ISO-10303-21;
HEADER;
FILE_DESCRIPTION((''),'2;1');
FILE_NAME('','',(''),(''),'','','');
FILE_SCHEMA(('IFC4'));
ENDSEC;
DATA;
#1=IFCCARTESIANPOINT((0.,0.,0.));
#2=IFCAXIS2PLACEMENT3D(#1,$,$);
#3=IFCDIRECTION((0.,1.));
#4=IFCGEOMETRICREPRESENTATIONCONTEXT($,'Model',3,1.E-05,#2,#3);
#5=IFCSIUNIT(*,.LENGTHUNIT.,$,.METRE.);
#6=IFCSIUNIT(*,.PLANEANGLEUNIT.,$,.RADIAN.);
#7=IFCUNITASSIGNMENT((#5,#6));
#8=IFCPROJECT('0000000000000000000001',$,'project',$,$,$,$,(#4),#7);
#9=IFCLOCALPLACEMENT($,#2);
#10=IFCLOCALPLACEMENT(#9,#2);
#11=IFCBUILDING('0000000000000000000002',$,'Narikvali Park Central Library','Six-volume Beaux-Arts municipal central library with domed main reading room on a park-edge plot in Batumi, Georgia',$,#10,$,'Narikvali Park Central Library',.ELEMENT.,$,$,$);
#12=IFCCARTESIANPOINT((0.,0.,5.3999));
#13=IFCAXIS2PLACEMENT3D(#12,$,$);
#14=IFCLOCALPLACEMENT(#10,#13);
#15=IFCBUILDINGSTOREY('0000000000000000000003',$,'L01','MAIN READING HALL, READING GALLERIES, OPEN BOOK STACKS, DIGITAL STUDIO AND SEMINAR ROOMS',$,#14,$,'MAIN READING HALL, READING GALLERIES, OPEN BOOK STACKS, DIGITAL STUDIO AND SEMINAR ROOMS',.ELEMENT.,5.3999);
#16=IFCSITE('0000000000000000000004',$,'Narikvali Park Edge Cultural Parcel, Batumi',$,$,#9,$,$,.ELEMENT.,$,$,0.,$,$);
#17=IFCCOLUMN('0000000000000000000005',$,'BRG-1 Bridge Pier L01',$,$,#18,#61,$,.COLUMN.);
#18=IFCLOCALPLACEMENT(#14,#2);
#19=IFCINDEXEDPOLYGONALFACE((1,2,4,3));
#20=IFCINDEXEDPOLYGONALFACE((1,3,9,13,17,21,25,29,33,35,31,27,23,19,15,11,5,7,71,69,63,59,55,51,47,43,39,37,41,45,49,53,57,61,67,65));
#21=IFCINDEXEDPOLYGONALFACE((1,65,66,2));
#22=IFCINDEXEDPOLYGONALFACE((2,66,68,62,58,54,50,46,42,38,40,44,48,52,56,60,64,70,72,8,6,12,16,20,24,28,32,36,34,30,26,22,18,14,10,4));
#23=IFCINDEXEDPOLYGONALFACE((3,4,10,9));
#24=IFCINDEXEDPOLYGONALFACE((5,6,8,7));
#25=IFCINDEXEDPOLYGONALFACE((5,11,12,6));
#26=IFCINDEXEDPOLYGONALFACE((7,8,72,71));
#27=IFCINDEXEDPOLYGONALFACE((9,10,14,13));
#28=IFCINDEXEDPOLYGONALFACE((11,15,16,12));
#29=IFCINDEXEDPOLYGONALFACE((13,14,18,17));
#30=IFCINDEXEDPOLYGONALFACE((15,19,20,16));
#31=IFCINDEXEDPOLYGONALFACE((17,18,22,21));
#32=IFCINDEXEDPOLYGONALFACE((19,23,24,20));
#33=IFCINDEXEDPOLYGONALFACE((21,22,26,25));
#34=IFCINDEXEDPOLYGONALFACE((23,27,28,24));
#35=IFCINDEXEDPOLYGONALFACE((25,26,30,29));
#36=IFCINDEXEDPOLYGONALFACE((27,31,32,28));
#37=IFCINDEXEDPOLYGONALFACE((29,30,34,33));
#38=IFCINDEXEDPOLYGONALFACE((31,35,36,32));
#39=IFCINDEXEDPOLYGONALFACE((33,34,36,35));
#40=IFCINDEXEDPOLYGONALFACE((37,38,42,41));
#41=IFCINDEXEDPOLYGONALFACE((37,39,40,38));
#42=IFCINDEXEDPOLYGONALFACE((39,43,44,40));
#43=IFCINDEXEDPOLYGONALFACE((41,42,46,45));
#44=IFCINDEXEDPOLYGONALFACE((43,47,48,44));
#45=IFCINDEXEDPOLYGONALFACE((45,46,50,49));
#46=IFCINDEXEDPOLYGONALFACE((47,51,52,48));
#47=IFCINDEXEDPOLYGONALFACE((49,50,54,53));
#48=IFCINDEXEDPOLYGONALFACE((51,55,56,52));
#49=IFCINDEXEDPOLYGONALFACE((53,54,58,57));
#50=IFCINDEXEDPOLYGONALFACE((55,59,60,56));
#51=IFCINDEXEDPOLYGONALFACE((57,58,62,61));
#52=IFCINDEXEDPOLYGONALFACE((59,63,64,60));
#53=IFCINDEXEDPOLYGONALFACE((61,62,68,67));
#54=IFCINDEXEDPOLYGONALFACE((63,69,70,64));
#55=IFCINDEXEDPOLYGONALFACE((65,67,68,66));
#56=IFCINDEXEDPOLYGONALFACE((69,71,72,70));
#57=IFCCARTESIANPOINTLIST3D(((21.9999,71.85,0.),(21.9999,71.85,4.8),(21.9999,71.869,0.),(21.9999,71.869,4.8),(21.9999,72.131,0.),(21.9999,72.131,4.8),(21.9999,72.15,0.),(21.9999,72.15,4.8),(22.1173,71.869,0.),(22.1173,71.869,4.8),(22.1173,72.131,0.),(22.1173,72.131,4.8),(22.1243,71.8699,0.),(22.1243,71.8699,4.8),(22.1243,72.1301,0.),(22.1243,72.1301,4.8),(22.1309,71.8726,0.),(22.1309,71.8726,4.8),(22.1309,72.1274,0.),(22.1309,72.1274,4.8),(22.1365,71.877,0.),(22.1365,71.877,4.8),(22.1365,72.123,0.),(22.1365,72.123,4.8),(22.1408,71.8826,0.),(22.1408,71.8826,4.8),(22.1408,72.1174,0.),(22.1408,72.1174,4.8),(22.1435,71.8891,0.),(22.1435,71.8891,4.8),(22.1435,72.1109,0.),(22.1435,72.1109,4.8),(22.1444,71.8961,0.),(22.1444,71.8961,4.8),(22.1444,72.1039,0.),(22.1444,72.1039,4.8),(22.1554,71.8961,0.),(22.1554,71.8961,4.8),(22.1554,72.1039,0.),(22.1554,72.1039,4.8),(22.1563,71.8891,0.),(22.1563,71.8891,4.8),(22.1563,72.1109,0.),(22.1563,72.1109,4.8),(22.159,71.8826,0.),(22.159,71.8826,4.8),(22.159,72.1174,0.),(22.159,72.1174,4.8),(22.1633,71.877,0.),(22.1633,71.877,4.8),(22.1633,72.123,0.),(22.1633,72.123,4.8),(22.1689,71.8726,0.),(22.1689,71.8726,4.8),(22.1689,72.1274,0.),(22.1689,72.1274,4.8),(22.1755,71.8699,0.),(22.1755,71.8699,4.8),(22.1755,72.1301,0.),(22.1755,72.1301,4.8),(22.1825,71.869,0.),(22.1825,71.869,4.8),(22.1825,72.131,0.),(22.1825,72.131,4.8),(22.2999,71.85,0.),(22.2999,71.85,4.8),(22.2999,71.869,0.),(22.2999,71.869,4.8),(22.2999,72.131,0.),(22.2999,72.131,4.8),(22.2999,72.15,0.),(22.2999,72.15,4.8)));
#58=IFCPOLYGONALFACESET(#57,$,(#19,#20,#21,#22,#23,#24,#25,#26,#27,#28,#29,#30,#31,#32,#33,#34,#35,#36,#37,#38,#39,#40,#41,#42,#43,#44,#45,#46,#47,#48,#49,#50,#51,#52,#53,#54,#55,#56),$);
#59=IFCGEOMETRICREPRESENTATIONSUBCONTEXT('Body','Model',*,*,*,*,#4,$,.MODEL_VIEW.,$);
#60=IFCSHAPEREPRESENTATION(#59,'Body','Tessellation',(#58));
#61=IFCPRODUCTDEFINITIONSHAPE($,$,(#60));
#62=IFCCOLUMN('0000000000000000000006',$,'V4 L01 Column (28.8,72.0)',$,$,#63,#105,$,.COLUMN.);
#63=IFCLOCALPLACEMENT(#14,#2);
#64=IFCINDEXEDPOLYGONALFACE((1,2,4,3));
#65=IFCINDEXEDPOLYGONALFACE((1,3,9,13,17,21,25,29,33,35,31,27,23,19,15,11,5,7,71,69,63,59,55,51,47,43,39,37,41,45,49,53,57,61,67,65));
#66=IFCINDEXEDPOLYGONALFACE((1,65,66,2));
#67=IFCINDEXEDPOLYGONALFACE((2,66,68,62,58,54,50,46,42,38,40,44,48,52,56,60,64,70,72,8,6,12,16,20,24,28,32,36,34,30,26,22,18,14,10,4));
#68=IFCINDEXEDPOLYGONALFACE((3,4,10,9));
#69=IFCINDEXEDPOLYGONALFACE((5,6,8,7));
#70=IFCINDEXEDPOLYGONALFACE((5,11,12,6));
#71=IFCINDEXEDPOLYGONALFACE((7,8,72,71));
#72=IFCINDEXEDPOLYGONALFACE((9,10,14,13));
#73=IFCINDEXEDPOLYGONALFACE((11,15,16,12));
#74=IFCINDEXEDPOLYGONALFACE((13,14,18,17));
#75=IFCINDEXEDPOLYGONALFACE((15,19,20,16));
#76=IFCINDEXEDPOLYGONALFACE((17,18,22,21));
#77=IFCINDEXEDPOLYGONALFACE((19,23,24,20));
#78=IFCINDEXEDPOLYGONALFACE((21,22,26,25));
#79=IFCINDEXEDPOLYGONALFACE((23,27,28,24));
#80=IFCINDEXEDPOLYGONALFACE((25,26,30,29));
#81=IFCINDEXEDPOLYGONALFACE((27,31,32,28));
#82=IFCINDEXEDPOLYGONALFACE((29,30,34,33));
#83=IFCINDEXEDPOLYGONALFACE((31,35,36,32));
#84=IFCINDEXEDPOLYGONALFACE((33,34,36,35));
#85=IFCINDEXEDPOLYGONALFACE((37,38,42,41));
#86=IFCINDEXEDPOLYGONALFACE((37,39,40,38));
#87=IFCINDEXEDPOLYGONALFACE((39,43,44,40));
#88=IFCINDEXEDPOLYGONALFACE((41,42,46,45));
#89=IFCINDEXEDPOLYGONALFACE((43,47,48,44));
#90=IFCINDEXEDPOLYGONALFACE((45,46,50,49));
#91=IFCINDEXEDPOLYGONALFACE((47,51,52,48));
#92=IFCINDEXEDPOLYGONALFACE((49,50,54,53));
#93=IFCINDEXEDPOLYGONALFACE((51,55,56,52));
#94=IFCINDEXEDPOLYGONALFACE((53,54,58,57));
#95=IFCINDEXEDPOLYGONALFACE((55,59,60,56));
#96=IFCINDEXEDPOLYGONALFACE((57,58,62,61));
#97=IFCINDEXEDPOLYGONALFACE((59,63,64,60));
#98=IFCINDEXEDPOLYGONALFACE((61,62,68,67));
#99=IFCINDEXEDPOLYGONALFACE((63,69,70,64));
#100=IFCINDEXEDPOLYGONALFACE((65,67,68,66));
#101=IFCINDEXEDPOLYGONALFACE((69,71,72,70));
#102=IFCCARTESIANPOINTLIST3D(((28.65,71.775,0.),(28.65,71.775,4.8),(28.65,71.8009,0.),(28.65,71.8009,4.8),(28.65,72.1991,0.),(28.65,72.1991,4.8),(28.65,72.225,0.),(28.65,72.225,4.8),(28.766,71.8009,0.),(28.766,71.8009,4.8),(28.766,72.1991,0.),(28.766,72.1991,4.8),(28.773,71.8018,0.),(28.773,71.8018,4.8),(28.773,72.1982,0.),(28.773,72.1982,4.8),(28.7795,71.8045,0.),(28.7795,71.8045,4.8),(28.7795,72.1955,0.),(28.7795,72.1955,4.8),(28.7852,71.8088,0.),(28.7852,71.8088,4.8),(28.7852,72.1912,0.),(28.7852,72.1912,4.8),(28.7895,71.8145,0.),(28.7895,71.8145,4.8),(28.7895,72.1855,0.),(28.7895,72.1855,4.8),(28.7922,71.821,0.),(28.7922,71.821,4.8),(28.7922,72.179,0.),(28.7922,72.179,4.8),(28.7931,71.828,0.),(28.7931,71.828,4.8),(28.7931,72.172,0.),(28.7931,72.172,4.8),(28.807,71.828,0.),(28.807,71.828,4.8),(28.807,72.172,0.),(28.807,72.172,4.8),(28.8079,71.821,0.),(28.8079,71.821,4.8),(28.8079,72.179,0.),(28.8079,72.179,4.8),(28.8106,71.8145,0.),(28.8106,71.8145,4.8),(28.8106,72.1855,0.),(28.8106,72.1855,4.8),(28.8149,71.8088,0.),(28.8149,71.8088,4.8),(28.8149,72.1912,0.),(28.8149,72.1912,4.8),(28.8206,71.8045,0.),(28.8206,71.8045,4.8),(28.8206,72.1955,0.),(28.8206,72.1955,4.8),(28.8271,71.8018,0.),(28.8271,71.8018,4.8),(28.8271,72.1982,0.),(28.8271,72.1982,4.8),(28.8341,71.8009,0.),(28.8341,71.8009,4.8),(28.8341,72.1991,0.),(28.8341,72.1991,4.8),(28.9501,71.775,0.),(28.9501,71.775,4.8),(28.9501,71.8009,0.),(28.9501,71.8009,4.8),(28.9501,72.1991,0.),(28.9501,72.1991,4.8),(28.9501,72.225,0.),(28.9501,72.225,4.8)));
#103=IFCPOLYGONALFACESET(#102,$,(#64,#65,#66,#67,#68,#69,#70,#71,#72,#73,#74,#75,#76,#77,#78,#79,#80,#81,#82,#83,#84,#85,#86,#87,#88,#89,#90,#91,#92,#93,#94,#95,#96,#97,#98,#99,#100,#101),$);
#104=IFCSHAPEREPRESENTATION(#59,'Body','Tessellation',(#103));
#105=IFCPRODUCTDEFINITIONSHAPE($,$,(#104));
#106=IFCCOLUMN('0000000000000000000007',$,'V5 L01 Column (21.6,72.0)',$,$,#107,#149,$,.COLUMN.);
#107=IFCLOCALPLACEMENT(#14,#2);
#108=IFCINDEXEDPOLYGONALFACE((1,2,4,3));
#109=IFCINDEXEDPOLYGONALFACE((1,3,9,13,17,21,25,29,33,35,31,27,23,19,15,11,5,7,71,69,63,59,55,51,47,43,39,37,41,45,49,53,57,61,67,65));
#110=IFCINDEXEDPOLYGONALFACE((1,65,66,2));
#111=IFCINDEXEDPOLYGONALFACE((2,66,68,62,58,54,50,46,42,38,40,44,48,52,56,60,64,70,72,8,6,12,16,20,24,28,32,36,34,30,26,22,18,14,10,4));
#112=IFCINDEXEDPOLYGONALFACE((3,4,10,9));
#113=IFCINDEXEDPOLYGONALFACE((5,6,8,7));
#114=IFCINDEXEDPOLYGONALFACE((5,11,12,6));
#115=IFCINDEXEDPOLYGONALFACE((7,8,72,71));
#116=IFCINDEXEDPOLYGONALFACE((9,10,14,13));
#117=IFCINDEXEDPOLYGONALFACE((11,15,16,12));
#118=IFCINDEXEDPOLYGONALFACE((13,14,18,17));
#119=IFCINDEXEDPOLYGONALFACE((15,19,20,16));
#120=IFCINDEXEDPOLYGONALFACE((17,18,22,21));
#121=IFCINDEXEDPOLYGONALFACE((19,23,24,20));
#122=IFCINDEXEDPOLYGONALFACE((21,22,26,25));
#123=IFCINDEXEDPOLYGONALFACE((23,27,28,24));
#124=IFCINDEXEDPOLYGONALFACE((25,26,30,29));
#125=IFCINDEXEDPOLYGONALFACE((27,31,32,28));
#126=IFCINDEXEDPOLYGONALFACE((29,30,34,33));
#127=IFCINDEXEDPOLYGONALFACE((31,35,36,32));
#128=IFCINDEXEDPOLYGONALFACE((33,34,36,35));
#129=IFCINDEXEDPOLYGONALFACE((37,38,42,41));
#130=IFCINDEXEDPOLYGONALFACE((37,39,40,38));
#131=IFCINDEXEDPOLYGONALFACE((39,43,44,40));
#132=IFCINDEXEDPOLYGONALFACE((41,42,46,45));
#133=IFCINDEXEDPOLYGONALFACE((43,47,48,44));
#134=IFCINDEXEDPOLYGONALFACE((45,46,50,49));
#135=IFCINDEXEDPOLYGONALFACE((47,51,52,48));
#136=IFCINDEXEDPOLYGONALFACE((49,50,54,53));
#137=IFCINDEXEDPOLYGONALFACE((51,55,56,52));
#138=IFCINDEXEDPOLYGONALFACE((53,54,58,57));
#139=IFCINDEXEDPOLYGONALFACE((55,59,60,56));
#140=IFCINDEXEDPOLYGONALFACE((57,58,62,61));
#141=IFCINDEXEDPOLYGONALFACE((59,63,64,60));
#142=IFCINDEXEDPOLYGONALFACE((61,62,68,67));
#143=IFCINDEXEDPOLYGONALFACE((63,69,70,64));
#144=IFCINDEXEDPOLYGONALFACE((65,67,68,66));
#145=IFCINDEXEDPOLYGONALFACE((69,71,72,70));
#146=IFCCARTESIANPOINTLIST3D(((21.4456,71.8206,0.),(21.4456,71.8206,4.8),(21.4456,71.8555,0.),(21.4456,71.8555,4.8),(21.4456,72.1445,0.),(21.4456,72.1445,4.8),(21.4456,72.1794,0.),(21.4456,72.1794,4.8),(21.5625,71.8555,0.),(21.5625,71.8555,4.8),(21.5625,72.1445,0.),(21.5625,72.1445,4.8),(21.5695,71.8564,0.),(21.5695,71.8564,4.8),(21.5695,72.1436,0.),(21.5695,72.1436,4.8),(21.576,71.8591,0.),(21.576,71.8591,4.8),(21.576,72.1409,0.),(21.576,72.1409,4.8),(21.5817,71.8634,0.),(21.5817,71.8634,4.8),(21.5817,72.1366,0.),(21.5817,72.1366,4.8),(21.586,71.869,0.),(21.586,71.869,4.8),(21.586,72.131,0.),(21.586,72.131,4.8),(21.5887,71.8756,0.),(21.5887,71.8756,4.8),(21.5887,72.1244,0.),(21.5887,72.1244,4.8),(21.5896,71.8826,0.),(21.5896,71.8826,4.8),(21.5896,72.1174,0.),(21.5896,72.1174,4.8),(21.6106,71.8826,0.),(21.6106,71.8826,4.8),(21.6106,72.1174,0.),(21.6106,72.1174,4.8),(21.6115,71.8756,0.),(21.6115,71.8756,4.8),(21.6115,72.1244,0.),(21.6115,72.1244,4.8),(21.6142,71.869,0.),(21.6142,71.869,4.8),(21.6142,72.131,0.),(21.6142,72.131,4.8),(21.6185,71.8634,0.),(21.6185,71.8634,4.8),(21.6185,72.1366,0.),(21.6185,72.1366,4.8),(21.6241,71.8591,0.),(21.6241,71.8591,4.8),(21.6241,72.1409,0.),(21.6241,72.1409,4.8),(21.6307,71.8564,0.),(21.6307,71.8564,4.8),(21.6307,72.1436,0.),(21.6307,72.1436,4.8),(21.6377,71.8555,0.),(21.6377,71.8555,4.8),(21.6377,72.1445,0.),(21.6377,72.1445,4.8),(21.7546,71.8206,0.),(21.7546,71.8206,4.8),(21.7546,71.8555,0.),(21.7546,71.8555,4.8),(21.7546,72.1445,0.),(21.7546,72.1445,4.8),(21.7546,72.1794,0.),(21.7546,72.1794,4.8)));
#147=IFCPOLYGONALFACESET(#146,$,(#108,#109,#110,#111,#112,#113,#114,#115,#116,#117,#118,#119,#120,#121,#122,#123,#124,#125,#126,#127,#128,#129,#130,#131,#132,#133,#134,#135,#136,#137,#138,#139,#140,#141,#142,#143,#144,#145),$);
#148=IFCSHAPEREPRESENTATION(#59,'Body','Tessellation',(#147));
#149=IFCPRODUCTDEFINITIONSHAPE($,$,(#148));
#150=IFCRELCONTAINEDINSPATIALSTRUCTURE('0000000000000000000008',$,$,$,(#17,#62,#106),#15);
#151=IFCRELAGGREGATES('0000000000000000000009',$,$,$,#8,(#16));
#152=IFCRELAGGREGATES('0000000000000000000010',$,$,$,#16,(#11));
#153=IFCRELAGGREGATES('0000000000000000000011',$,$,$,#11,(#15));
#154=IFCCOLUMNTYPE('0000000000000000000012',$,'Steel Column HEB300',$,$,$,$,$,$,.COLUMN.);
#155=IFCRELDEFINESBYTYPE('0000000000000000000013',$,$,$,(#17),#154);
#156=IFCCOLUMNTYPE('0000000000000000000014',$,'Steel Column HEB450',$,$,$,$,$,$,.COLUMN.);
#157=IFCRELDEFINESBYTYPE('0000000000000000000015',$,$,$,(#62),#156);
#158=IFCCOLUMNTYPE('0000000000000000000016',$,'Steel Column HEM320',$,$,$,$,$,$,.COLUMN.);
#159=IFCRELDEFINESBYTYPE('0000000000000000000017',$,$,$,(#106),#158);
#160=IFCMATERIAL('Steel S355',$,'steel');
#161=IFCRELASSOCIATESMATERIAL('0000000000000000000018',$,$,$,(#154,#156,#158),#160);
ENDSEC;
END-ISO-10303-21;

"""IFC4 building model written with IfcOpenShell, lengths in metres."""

from ifc_helpers import new_model, si_unit, direction, frame, origin, origin_2d, place, context, subcontext, project, spatial, i_section, extrude, material, material_profile, profile_set, type_object, element, save


model = new_model("IFC4")

# Units and contexts
model_context = context("Model", 3, precision=1e-05, world=origin(), true_north=direction((0.0, 1.0)))
body_context = subcontext(model_context, "Body", "Model", "MODEL_VIEW")
ifc_project = project(units=[si_unit("LENGTHUNIT", "METRE"), si_unit("PLANEANGLEUNIT", "RADIAN")], contexts=[model_context])

# Site, building, storey
site_placement = place(None, origin())
site = spatial("IfcSite", under=ifc_project, at=site_placement, Name="Narikvali Park Edge Cultural Parcel, Batumi", CompositionType="ELEMENT", RefElevation=0.0)
building_placement = place(site_placement, origin())
building = spatial("IfcBuilding", under=site, at=building_placement, Name="Narikvali Park Central Library", Description="Six-volume Beaux-Arts municipal central library with domed main reading room on a park-edge plot in Batumi, Georgia", LongName="Narikvali Park Central Library", CompositionType="ELEMENT")
storey_placement = place(building_placement, frame((0.0, 0.0, 5.3999)))
storey = spatial("IfcBuildingStorey", under=building, at=storey_placement, Name="L01", Description="MAIN READING HALL, READING GALLERIES, OPEN BOOK STACKS, DIGITAL STUDIO AND SEMINAR ROOMS", LongName="MAIN READING HALL, READING GALLERIES, OPEN BOOK STACKS, DIGITAL STUDIO AND SEMINAR ROOMS", CompositionType="ELEMENT", Elevation=5.3999)

# Columns
ifc_material_1 = material(Name="Steel S355", Category="steel")
ifc_material_profile_1 = material_profile(ifc_material_1, i_section(OverallWidth=0.3, OverallDepth=0.3, WebThickness=0.011, FlangeThickness=0.019, FilletRadius=0.0271, at=origin_2d()), Name="HEB 300")
ifc_profile_set_1 = profile_set([ifc_material_profile_1], Name="Steel S355")
column_type_1 = type_object("IfcColumnType", Name="Steel Column HEB300", PredefinedType="COLUMN", material=ifc_profile_set_1)
column_1_placement = place(storey_placement, frame((22.1499, 72.0, 0.0), z_axis=(0.0, 0.0, 1.0), x_axis=(1.0, 0.0, 0.0)))
element("IfcColumn", 1, at=column_1_placement, inside=storey, type_object=column_type_1, Name="BRG-1 Bridge Pier L01", PredefinedType="COLUMN", context=body_context, shape_type="SweptSolid", body=[
    extrude(i_section(OverallWidth=0.3, OverallDepth=0.3, WebThickness=0.011, FlangeThickness=0.019, FilletRadius=0.0271, at=origin_2d()), origin(), (0.0, 0.0, 1.0), 4.8),
])
ifc_material_profile_2 = material_profile(ifc_material_1, i_section(OverallWidth=0.3, OverallDepth=0.45, WebThickness=0.0139, FlangeThickness=0.0259, FilletRadius=0.0271, at=origin_2d()), Name="HEB 450")
ifc_profile_set_2 = profile_set([ifc_material_profile_2], Name="Steel S355")
column_type_2 = type_object("IfcColumnType", Name="Steel Column HEB450", PredefinedType="COLUMN", material=ifc_profile_set_2)
column_2_placement = place(storey_placement, frame((28.8, 72.0, 0.0), z_axis=(0.0, 0.0, 1.0), x_axis=(1.0, 0.0, 0.0)))
element("IfcColumn", 2, at=column_2_placement, inside=storey, type_object=column_type_2, Name="V4 L01 Column (28.8,72.0)", PredefinedType="COLUMN", context=body_context, shape_type="SweptSolid", body=[
    extrude(i_section(OverallWidth=0.3, OverallDepth=0.45, WebThickness=0.0139, FlangeThickness=0.0259, FilletRadius=0.0271, at=origin_2d()), origin(), (0.0, 0.0, 1.0), 4.8),
])
ifc_material_profile_3 = material_profile(ifc_material_1, i_section(OverallWidth=0.3091, OverallDepth=0.3589, WebThickness=0.021, FlangeThickness=0.0349, FilletRadius=0.0271, at=origin_2d()), Name="HEM 320")
ifc_profile_set_3 = profile_set([ifc_material_profile_3], Name="Steel S355")
column_type_3 = type_object("IfcColumnType", Name="Steel Column HEM320", PredefinedType="COLUMN", material=ifc_profile_set_3)
column_3_placement = place(storey_placement, frame((21.6001, 72.0, 0.0), z_axis=(0.0, 0.0, 1.0), x_axis=(1.0, 0.0, 0.0)))
element("IfcColumn", 3, at=column_3_placement, inside=storey, type_object=column_type_3, Name="V5 L01 Column (21.6,72.0)", PredefinedType="COLUMN", context=body_context, shape_type="SweptSolid", body=[
    extrude(i_section(OverallWidth=0.3091, OverallDepth=0.3589, WebThickness=0.021, FlangeThickness=0.0349, FilletRadius=0.0271, at=origin_2d()), origin(), (0.0, 0.0, 1.0), 4.8),
])

save(model, "model.ifc")
